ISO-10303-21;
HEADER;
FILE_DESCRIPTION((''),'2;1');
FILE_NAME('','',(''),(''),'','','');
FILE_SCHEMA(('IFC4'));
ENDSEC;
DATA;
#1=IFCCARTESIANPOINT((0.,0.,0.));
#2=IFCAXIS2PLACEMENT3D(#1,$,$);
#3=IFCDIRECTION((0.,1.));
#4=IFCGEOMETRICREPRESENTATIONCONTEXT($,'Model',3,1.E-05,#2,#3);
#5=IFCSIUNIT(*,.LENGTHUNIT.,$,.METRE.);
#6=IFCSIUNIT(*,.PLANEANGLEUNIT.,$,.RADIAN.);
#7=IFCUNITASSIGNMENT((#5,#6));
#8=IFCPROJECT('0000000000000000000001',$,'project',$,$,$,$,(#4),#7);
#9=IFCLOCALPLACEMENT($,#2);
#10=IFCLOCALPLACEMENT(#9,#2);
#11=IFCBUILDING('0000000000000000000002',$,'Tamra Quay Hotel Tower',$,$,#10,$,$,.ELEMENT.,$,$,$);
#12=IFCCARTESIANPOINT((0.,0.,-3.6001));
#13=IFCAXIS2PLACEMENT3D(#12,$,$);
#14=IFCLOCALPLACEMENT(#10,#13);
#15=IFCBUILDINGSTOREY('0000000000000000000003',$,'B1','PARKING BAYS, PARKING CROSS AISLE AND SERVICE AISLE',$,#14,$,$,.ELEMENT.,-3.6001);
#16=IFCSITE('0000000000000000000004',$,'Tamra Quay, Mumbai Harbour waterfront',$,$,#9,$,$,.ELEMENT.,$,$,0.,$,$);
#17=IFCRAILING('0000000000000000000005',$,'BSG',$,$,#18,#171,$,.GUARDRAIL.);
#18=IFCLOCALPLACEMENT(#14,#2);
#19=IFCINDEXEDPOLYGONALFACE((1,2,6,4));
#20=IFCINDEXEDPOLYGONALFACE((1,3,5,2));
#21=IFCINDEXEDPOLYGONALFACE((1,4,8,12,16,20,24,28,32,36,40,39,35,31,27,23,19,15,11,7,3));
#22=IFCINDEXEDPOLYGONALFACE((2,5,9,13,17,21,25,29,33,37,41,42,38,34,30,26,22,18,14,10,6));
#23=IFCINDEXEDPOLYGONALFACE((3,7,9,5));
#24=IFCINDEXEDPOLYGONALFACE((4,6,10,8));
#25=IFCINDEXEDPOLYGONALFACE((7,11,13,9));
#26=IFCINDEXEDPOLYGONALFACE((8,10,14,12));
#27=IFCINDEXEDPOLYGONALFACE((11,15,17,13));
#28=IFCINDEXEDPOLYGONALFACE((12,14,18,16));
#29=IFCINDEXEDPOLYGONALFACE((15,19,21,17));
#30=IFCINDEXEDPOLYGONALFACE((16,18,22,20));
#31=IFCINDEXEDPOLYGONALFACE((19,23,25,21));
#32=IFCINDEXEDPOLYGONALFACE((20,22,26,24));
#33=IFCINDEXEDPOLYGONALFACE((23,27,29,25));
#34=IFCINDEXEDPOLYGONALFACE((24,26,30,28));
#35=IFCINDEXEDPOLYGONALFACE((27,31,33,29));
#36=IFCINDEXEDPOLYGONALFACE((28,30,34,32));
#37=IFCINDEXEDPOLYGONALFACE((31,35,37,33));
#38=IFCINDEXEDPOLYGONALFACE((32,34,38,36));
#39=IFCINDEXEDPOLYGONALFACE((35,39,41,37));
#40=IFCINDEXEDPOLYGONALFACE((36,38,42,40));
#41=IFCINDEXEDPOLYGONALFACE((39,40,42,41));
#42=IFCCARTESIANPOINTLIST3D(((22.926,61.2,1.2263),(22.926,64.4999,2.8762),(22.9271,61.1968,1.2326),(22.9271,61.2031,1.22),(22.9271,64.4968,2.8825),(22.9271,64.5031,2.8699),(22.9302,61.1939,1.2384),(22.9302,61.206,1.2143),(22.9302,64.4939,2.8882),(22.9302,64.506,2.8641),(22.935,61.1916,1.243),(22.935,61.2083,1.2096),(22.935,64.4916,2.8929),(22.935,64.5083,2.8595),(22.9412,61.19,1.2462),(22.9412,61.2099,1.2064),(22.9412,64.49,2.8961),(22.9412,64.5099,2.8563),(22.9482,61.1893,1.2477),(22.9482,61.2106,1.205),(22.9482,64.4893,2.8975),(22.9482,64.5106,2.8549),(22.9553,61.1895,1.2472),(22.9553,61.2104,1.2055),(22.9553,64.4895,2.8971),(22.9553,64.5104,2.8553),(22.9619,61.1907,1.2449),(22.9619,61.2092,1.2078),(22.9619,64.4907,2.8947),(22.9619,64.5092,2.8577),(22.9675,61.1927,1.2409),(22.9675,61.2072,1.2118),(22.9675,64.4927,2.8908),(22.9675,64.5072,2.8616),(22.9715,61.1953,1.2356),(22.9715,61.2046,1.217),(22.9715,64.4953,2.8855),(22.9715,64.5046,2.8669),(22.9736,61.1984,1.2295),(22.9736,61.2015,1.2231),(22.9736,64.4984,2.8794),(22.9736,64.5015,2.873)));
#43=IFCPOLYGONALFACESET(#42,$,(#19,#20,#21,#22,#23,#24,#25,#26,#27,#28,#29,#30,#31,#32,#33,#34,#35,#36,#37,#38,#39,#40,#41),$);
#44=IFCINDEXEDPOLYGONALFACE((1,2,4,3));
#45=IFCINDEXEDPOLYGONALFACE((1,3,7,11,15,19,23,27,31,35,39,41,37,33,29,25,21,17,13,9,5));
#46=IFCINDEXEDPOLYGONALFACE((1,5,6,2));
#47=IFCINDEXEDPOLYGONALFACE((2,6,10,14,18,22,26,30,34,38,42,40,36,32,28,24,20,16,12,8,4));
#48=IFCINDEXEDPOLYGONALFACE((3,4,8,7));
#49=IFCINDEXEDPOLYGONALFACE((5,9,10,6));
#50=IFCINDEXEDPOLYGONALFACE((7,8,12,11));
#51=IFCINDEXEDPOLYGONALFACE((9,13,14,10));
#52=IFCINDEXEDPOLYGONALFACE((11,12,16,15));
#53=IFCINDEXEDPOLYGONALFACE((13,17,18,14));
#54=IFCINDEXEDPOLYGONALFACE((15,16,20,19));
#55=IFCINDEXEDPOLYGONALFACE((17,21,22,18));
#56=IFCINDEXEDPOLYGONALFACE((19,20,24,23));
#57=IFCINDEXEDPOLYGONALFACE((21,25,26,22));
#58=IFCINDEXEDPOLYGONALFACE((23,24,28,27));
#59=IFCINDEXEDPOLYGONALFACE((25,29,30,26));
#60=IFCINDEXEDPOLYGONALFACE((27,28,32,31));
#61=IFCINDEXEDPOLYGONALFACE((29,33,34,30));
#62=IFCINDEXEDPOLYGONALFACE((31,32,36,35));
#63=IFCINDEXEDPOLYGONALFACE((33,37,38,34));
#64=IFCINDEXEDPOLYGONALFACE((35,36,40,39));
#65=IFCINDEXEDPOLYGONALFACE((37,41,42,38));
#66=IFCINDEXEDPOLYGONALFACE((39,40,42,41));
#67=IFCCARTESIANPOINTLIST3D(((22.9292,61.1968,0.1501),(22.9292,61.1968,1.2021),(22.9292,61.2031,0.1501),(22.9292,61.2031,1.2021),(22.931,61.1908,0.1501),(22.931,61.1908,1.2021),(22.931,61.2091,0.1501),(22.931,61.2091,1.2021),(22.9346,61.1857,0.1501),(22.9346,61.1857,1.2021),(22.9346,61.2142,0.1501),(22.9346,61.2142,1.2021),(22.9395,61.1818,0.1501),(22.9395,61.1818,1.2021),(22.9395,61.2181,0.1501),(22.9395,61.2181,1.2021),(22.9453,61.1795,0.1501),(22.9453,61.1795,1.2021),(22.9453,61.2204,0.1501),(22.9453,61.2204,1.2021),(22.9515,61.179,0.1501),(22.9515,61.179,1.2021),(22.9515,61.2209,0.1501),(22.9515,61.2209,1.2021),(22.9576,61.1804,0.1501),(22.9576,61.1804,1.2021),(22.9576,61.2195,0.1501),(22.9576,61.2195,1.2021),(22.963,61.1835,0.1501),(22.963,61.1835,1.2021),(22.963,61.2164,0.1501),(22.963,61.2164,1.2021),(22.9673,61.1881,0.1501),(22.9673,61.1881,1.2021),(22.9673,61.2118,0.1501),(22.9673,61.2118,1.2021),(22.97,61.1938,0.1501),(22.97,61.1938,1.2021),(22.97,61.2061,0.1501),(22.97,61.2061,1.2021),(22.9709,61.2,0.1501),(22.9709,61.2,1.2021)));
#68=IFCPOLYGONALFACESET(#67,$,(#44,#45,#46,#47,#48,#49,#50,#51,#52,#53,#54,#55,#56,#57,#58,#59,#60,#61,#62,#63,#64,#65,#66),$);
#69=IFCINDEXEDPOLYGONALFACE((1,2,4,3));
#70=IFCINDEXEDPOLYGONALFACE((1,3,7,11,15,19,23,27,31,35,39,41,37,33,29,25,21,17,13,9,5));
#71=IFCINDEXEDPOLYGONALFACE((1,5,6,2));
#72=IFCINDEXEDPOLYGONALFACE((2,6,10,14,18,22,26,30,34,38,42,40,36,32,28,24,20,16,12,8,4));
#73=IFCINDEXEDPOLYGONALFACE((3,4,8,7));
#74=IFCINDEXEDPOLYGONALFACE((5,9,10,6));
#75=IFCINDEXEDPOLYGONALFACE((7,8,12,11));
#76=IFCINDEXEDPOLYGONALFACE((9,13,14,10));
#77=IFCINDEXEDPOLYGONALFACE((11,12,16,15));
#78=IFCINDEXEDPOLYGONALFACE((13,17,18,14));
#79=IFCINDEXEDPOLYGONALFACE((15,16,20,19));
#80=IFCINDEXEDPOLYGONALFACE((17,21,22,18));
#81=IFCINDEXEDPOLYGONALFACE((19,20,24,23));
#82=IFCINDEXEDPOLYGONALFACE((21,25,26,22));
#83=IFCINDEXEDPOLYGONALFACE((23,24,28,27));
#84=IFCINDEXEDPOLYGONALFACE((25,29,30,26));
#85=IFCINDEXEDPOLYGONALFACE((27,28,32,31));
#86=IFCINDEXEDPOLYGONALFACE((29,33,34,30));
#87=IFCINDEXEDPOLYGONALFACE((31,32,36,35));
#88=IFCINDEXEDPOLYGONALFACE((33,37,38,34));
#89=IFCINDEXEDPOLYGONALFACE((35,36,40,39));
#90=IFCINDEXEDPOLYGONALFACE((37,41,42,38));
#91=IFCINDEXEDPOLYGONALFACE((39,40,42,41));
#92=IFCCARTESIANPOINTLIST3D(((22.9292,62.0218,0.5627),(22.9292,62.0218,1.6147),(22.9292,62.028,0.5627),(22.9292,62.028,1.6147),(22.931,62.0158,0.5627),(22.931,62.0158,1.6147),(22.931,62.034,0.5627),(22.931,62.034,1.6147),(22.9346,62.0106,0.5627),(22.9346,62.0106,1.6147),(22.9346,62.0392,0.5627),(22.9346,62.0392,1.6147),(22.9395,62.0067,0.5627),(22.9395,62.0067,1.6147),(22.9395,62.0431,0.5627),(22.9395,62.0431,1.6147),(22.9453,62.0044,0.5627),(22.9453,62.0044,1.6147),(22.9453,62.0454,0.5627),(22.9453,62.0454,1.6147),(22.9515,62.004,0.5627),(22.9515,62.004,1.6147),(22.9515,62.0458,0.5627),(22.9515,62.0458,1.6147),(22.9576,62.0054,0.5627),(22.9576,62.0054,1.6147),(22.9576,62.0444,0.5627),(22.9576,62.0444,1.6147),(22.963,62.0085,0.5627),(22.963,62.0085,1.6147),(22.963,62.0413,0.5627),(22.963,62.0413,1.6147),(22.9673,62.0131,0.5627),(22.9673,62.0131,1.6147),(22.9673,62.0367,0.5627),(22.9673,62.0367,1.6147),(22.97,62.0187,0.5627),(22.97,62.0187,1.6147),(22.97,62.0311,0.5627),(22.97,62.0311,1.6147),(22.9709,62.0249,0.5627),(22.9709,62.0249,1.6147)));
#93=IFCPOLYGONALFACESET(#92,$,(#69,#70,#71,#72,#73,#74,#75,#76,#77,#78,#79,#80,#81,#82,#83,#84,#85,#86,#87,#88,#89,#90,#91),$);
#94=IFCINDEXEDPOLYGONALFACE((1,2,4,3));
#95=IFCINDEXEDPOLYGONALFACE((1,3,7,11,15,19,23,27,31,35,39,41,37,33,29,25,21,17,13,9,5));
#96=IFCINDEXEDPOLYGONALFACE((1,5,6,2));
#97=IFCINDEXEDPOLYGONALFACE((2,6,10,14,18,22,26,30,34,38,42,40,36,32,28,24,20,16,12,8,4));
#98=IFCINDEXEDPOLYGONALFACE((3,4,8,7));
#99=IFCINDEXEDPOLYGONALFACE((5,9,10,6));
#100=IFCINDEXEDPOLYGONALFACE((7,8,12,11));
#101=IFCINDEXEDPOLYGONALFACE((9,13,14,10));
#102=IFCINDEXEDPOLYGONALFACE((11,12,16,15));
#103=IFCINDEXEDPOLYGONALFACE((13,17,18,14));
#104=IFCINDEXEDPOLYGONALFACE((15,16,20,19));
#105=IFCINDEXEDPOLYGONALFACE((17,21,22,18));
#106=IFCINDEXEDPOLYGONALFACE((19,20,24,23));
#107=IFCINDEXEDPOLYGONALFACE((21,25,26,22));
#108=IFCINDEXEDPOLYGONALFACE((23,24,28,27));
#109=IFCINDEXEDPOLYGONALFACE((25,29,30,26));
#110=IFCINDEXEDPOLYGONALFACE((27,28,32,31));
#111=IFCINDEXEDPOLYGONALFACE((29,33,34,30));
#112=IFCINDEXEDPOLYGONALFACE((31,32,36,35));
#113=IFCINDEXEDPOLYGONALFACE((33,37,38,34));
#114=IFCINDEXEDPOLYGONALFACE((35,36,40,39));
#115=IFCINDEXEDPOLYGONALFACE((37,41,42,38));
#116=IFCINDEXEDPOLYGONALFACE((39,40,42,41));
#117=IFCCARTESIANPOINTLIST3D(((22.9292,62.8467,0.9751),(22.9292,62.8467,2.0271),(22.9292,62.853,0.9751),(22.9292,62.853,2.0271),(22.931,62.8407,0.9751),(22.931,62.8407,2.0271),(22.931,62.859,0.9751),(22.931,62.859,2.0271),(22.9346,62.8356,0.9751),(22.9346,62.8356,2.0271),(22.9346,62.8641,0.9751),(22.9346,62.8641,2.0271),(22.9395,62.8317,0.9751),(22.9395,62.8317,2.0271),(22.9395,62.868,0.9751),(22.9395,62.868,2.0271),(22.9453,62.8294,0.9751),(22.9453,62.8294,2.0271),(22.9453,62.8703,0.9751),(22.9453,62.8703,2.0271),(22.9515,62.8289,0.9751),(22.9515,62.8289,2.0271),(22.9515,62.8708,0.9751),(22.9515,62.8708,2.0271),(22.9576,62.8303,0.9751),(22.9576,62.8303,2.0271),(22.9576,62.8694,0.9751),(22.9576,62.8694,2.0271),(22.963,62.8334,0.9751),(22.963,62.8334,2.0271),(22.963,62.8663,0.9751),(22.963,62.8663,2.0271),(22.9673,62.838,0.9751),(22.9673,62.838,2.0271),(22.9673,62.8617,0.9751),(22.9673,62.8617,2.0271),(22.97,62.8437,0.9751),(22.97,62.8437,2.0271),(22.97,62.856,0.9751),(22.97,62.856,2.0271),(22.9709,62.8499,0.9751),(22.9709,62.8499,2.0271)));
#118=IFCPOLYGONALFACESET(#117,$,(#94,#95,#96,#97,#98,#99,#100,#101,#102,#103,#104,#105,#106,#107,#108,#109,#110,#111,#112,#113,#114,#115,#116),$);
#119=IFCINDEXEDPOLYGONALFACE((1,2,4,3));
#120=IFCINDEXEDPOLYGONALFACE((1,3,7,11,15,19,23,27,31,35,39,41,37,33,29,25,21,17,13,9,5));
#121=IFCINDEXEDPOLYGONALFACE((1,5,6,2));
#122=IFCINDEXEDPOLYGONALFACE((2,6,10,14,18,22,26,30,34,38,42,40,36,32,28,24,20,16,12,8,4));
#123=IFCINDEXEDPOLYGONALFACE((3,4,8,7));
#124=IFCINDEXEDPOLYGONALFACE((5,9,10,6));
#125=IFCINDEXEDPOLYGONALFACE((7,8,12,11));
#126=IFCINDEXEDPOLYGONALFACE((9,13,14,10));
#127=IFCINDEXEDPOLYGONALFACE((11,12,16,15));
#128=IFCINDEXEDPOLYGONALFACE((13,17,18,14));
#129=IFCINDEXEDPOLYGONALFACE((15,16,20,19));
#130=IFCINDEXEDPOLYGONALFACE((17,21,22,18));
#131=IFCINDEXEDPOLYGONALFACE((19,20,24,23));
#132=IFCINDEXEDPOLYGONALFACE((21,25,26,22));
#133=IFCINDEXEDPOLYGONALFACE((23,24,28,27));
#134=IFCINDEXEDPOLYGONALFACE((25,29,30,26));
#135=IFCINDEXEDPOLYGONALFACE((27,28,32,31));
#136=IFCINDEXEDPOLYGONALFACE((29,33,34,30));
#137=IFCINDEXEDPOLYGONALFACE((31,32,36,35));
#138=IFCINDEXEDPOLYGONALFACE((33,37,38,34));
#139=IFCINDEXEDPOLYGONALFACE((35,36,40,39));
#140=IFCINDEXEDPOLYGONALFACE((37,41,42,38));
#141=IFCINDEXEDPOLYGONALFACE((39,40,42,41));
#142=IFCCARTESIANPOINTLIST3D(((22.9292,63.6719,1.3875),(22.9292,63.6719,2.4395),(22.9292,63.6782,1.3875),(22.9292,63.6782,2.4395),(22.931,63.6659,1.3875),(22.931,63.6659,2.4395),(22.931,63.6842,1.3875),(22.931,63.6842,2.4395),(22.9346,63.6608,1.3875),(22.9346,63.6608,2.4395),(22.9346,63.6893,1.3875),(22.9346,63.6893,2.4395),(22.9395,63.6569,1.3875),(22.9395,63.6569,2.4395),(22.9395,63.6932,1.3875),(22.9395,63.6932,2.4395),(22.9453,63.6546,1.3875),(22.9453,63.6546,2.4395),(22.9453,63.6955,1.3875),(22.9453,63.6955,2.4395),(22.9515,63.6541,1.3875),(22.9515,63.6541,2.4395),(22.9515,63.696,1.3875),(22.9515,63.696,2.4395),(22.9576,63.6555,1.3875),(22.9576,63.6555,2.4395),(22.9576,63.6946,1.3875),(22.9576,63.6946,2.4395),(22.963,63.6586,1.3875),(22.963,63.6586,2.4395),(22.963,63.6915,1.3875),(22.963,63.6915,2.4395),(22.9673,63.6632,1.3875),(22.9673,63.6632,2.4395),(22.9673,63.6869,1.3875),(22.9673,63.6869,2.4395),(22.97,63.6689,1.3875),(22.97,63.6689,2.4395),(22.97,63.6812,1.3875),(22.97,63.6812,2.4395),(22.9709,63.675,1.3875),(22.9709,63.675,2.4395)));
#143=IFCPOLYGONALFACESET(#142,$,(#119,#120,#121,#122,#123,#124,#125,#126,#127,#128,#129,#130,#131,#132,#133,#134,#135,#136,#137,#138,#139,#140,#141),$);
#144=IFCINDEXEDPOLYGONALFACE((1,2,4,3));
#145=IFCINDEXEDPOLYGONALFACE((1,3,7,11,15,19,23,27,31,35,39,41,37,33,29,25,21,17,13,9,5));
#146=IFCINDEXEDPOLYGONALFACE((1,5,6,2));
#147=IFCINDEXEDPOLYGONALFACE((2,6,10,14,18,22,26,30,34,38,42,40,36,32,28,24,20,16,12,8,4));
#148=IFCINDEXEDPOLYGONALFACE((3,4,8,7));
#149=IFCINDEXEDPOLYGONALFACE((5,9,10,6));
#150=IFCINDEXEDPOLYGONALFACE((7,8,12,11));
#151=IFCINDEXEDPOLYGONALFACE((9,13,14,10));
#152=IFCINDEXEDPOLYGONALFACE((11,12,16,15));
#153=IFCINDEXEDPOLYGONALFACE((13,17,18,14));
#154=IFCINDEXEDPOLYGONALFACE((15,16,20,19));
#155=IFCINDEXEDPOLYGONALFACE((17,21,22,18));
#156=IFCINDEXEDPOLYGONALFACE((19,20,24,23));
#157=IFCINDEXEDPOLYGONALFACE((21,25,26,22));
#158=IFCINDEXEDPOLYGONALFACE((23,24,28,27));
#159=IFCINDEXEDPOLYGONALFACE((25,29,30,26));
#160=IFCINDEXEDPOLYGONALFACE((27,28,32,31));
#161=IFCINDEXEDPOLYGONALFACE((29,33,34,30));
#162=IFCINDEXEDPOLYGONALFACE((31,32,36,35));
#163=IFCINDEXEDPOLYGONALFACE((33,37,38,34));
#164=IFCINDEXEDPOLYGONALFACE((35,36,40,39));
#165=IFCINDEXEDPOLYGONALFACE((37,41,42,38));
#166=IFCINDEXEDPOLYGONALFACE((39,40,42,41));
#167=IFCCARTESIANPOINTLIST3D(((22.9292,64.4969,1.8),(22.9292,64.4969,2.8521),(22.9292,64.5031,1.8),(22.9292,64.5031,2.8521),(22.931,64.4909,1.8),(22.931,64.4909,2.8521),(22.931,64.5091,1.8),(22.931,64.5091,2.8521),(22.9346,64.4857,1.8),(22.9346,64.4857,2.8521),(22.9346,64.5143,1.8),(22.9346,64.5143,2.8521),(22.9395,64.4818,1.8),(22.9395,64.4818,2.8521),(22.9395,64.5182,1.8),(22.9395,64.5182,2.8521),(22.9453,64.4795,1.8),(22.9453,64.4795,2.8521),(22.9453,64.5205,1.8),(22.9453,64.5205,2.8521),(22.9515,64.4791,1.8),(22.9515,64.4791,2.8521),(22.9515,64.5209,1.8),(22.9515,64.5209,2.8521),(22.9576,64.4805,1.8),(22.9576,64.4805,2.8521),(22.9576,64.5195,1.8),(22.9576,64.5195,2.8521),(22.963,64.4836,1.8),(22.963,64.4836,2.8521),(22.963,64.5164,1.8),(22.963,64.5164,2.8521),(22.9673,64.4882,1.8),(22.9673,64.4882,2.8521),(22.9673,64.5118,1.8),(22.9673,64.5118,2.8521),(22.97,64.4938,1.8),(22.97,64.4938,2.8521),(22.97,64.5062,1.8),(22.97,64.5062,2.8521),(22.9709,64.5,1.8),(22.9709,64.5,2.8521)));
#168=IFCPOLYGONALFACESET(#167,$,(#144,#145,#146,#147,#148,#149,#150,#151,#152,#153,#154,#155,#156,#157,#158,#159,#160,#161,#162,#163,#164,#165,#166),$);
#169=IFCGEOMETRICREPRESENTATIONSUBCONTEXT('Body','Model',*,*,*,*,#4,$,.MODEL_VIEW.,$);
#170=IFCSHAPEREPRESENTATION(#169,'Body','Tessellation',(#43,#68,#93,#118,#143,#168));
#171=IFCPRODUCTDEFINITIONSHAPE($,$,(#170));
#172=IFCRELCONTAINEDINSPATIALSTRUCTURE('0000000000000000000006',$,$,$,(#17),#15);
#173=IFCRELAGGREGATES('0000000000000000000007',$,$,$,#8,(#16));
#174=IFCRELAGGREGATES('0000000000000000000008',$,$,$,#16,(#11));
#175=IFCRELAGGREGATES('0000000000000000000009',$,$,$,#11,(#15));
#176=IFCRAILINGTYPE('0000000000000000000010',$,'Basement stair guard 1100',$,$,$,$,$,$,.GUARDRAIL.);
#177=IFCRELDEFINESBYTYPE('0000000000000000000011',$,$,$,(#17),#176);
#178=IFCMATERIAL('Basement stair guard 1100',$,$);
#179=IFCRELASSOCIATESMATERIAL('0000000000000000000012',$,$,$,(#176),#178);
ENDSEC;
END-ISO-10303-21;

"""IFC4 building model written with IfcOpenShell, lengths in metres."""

from ifc_helpers import new_model, si_unit, direction, frame, origin, origin_2d, place, context, subcontext, project, spatial, circle, extrude, material, type_object, element, save


model = new_model("IFC4")

# Units and contexts
model_context = context("Model", 3, precision=1e-05, world=origin(), true_north=direction((0.0, 1.0)))
body_context = subcontext(model_context, "Body", "Model", "MODEL_VIEW")
ifc_project = project(units=[si_unit("LENGTHUNIT", "METRE"), si_unit("PLANEANGLEUNIT", "RADIAN")], contexts=[model_context])

# Site, building, storey
site_placement = place(None, origin())
site = spatial("IfcSite", under=ifc_project, at=site_placement, Name="Tamra Quay, Mumbai Harbour waterfront", CompositionType="ELEMENT", RefElevation=0.0)
building_placement = place(site_placement, origin())
building = spatial("IfcBuilding", under=site, at=building_placement, Name="Tamra Quay Hotel Tower", CompositionType="ELEMENT")
storey_placement = place(building_placement, frame((0.0, 0.0, -3.6001)))
storey = spatial("IfcBuildingStorey", under=building, at=storey_placement, Name="B1", Description="PARKING BAYS, PARKING CROSS AISLE AND SERVICE AISLE", CompositionType="ELEMENT", Elevation=-3.6001)

# Railing
ifc_material_1 = material(Name="Basement stair guard 1100")
railing_type_1 = type_object("IfcRailingType", Name="Basement stair guard 1100", PredefinedType="GUARDRAIL", material=ifc_material_1)
railing_1_placement = place(storey_placement, frame((22.95, 61.2, 0.1501)))
element("IfcRailing", 1, at=railing_1_placement, inside=storey, type_object=railing_type_1, Name="BSG", PredefinedType="GUARDRAIL", context=body_context, shape_type="SweptSolid", body=[
    extrude(circle(Radius=0.0239, at=origin_2d()), frame((0.0, 0.0, 1.0762), z_axis=(0.0, 0.89444, 0.447187), x_axis=(-1.0, 0.0, 0.0)), (0.0, 0.0, 1.0), 3.6895),
    extrude(circle(Radius=0.021, at=origin_2d()), origin(), (0.0, 0.0, 1.0), 1.052),
    extrude(circle(Radius=0.021, at=origin_2d()), frame((0.0, 0.825, 0.4126)), (0.0, 0.0, 1.0), 1.052),
    extrude(circle(Radius=0.021, at=origin_2d()), frame((0.0, 1.6499, 0.825)), (0.0, 0.0, 1.0), 1.052),
    extrude(circle(Radius=0.021, at=origin_2d()), frame((0.0, 2.4751, 1.2373)), (0.0, 0.0, 1.0), 1.052),
    extrude(circle(Radius=0.021, at=origin_2d()), frame((0.0, 3.3, 1.6499)), (0.0, 0.0, 1.0), 1.052),
])

save(model, "model.ifc")
